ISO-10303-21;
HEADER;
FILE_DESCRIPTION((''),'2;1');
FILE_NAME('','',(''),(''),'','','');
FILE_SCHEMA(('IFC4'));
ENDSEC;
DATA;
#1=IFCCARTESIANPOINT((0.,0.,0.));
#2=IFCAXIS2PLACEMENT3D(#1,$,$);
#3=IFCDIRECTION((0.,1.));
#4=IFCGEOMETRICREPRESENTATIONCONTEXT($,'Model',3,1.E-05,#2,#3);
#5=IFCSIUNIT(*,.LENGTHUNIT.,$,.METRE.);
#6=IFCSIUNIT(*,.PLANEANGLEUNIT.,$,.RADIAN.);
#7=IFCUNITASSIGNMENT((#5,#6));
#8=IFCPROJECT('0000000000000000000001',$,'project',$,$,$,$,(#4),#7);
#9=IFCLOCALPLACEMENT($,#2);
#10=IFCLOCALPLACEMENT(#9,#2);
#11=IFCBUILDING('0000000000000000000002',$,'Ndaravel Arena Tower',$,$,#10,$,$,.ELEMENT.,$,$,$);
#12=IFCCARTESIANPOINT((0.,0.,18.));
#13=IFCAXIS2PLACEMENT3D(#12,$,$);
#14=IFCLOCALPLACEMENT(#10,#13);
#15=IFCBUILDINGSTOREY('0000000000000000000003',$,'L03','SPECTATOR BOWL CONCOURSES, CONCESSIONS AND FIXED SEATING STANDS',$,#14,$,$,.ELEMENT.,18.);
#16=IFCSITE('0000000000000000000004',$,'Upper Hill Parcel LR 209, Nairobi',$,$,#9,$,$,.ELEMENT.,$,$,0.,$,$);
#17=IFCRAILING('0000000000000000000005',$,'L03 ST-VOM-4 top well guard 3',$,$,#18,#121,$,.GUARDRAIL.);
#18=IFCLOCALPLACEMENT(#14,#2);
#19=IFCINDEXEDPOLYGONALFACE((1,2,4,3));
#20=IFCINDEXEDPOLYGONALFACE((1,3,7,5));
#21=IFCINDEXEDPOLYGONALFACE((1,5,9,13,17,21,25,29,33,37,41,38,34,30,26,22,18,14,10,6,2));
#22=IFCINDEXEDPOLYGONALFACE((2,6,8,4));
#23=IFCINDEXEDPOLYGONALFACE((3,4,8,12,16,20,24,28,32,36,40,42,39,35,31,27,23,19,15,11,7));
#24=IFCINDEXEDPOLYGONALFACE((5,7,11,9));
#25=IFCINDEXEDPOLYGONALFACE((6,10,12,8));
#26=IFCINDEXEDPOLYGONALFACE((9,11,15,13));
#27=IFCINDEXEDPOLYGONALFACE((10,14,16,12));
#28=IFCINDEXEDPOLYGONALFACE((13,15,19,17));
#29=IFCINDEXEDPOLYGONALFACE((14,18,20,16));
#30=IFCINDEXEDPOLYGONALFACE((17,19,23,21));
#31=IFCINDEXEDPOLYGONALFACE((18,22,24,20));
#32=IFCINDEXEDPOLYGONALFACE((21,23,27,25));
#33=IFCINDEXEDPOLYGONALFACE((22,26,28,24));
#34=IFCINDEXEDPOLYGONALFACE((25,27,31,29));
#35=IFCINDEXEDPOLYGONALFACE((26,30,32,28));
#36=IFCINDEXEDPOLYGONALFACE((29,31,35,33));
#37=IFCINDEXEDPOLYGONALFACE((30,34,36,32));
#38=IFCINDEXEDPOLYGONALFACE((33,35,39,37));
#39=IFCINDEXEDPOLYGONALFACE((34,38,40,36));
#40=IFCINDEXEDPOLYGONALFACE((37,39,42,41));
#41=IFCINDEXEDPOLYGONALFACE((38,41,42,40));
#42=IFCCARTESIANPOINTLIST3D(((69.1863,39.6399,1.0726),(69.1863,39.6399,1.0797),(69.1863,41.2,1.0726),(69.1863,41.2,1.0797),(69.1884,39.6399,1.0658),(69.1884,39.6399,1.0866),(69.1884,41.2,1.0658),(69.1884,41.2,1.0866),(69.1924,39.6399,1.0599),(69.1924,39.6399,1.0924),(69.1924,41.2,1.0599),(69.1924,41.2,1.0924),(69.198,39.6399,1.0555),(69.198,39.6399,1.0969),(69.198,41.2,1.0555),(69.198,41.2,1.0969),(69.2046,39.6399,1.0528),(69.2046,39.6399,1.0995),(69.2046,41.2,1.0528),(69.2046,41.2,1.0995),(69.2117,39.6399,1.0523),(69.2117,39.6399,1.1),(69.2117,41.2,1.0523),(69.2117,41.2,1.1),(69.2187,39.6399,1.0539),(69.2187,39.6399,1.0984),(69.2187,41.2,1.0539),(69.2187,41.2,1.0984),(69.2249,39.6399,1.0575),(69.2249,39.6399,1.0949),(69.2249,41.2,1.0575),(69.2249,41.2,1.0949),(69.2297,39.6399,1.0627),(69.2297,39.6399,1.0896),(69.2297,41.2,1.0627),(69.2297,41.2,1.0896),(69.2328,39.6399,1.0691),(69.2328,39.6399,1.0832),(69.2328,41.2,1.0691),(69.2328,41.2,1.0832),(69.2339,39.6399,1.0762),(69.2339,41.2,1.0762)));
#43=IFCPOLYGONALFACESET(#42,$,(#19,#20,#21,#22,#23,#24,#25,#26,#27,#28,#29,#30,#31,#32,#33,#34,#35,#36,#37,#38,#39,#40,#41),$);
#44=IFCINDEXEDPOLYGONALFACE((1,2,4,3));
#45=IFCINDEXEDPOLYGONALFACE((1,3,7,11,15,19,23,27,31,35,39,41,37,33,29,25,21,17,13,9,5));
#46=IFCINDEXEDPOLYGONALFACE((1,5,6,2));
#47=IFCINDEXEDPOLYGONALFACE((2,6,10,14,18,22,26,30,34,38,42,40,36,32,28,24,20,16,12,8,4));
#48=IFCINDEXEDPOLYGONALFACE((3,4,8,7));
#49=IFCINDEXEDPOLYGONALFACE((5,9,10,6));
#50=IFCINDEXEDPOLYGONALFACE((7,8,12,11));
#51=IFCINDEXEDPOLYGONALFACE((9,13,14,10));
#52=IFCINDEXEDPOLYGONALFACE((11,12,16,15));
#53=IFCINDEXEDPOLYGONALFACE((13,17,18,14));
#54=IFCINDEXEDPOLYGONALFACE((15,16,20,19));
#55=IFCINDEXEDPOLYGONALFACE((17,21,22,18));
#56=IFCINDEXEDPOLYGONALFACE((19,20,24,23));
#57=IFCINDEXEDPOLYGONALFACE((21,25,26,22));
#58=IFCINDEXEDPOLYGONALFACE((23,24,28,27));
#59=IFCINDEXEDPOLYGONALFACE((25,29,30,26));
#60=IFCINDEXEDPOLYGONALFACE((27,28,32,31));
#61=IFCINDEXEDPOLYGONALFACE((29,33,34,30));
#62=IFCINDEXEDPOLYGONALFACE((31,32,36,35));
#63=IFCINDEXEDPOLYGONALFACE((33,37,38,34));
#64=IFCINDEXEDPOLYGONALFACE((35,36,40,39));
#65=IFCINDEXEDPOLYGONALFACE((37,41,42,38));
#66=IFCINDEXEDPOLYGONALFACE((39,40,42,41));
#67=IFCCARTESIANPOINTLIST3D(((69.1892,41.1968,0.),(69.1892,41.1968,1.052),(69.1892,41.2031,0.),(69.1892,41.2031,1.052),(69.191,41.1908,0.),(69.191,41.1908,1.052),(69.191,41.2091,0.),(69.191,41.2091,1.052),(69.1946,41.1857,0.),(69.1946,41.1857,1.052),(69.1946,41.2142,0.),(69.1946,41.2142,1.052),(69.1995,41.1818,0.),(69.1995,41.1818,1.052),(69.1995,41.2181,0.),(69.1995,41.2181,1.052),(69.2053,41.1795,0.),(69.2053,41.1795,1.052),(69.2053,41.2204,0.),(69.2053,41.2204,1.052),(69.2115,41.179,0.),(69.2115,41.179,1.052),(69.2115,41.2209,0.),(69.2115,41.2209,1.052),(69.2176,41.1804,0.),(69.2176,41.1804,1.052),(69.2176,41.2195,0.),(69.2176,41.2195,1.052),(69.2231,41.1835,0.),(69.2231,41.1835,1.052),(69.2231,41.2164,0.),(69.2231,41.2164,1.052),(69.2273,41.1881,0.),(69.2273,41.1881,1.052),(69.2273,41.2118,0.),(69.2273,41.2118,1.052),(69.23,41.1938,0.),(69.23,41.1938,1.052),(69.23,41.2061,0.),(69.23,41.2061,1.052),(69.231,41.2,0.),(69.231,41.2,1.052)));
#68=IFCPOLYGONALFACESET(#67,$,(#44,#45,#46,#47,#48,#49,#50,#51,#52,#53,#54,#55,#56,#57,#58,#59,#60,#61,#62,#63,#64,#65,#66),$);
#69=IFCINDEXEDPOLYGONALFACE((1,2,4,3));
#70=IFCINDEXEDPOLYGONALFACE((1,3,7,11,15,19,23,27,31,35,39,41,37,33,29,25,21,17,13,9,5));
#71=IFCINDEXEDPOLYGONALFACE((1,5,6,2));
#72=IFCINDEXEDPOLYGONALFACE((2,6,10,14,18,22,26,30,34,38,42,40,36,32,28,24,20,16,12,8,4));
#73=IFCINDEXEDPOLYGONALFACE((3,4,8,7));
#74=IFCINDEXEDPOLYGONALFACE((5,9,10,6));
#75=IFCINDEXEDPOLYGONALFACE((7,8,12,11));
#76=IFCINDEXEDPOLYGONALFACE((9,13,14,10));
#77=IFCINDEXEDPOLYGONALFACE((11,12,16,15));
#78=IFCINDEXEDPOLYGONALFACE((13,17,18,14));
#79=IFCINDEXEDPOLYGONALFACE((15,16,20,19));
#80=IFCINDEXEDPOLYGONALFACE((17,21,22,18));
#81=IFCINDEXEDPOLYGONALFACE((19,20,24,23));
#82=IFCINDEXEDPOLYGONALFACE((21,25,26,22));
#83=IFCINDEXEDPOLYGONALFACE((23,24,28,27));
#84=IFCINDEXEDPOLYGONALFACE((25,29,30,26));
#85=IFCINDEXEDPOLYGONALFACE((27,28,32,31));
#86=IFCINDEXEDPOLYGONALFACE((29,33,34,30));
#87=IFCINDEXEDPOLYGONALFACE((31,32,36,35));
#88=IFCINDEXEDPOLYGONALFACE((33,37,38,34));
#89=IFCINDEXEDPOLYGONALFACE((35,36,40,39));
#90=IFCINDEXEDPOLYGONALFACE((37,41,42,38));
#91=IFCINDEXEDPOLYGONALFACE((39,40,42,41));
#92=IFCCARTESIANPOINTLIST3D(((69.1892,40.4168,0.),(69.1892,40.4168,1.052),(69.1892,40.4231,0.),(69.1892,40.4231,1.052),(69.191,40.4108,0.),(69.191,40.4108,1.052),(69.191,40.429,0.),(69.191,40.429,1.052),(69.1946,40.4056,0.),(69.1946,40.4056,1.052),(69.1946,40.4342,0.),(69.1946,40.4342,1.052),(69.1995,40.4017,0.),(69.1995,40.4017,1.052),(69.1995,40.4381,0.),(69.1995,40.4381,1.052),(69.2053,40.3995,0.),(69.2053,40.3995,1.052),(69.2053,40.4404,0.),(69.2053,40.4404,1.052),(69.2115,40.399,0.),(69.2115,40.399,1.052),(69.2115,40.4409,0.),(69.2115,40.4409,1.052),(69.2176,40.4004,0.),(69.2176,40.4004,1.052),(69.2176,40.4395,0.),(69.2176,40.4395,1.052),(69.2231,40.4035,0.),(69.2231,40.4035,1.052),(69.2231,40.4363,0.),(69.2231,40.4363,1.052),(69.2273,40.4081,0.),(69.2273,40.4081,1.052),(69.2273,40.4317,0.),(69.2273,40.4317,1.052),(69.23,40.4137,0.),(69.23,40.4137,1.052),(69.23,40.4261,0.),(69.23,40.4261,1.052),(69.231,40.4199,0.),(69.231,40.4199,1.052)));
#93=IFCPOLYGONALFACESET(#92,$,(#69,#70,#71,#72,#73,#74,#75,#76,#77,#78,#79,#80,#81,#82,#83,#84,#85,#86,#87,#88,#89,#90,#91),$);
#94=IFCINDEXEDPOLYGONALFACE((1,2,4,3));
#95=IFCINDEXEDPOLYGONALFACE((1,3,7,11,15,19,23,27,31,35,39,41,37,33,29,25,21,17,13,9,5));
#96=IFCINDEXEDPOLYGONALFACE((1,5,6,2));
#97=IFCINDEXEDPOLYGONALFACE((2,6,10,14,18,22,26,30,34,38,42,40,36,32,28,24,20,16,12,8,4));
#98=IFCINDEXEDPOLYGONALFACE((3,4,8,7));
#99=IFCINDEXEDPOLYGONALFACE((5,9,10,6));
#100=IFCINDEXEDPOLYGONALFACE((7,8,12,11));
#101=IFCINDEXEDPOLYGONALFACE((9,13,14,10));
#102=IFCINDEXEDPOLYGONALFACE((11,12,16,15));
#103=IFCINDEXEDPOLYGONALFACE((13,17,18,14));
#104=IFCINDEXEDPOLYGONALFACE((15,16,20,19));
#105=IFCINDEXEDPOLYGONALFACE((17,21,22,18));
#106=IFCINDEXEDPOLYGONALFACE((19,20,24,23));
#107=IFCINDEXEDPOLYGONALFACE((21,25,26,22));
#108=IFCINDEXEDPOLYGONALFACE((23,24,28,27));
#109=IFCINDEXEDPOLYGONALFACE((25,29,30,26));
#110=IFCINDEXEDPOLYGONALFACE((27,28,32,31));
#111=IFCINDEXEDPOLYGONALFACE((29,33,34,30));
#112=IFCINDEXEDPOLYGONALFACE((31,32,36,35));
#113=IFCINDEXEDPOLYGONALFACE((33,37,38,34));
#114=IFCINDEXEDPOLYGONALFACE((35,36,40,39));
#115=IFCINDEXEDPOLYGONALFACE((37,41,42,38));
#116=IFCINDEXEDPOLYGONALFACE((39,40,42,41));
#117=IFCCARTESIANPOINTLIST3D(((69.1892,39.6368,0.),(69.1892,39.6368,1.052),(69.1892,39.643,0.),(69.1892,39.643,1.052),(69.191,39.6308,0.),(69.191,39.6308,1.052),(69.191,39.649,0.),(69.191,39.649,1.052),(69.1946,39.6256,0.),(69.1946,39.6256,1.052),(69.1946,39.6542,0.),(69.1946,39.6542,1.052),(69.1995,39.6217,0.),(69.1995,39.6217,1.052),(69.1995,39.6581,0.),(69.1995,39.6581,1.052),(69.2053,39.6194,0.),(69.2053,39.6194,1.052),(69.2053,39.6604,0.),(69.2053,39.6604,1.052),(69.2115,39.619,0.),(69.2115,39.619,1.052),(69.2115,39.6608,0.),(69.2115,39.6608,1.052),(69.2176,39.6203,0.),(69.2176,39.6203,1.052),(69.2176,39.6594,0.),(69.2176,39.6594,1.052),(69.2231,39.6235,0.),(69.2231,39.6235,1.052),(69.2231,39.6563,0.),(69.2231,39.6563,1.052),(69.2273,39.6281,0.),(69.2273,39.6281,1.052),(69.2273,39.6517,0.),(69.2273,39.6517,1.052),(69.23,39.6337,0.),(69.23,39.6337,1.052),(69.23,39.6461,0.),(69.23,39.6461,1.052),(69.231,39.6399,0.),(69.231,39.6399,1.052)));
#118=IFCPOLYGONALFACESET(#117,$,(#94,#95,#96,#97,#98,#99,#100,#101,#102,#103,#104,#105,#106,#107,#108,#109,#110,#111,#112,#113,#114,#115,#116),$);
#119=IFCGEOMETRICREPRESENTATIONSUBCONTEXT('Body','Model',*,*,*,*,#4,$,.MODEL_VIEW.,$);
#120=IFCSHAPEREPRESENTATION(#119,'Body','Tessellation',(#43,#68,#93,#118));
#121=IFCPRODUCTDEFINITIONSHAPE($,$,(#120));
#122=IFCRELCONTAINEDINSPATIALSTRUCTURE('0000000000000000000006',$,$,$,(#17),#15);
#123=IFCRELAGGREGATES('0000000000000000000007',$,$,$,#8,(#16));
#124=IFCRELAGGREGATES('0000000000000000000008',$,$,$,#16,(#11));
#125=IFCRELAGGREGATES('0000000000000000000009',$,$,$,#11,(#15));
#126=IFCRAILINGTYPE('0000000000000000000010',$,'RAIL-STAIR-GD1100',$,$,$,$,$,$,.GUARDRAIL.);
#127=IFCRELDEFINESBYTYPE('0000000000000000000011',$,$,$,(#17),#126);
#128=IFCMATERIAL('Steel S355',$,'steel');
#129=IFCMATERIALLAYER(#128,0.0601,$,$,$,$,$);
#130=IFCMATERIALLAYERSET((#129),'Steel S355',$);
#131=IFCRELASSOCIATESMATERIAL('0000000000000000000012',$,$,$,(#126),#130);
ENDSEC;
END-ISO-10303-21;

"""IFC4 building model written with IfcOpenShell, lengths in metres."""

from ifc_helpers import new_model, si_unit, direction, frame, origin, origin_2d, place, context, subcontext, project, spatial, circle, extrude, material, layer, layer_set, type_object, element, save


model = new_model("IFC4")

# Units and contexts
model_context = context("Model", 3, precision=1e-05, world=origin(), true_north=direction((0.0, 1.0)))
body_context = subcontext(model_context, "Body", "Model", "MODEL_VIEW")
ifc_project = project(units=[si_unit("LENGTHUNIT", "METRE"), si_unit("PLANEANGLEUNIT", "RADIAN")], contexts=[model_context])

# Site, building, storey
site_placement = place(None, origin())
site = spatial("IfcSite", under=ifc_project, at=site_placement, Name="Upper Hill Parcel LR 209, Nairobi", CompositionType="ELEMENT", RefElevation=0.0)
building_placement = place(site_placement, origin())
building = spatial("IfcBuilding", under=site, at=building_placement, Name="Ndaravel Arena Tower", CompositionType="ELEMENT")
storey_placement = place(building_placement, frame((0.0, 0.0, 18.0)))
storey = spatial("IfcBuildingStorey", under=building, at=storey_placement, Name="L03", Description="SPECTATOR BOWL CONCOURSES, CONCESSIONS AND FIXED SEATING STANDS", CompositionType="ELEMENT", Elevation=18.0)

# Railing
ifc_material_1 = material(Name="Steel S355", Category="steel")
ifc_layer_1 = layer(ifc_material_1, 0.0601)
ifc_layer_set_1 = layer_set([ifc_layer_1], Name="Steel S355")
railing_type = type_object("IfcRailingType", Name="RAIL-STAIR-GD1100", PredefinedType="GUARDRAIL", material=ifc_layer_set_1)
for number, where, name in (
    (1, (69.21, 41.2, 0.0), "L03 ST-VOM-4 top well guard 3"),
):
    element("IfcRailing", number, at=place(storey_placement, frame(where)), inside=storey, type_object=railing_type, Name=name, PredefinedType="GUARDRAIL", context=body_context, shape_type="SweptSolid", body=[
        extrude(circle(Radius=0.0239, at=origin_2d()), frame((0.0, 0.0, 1.0762), z_axis=(0.0, -1.0, 0.0), x_axis=(1.0, 0.0, 0.0)), (0.0, 0.0, 1.0), 1.5601),
        extrude(circle(Radius=0.021, at=origin_2d()), origin(), (0.0, 0.0, 1.0), 1.052),
        extrude(circle(Radius=0.021, at=origin_2d()), frame((0.0, -0.78, 0.0)), (0.0, 0.0, 1.0), 1.052),
        extrude(circle(Radius=0.021, at=origin_2d()), frame((0.0, -1.5601, 0.0)), (0.0, 0.0, 1.0), 1.052),
    ])

save(model, "model.ifc")
